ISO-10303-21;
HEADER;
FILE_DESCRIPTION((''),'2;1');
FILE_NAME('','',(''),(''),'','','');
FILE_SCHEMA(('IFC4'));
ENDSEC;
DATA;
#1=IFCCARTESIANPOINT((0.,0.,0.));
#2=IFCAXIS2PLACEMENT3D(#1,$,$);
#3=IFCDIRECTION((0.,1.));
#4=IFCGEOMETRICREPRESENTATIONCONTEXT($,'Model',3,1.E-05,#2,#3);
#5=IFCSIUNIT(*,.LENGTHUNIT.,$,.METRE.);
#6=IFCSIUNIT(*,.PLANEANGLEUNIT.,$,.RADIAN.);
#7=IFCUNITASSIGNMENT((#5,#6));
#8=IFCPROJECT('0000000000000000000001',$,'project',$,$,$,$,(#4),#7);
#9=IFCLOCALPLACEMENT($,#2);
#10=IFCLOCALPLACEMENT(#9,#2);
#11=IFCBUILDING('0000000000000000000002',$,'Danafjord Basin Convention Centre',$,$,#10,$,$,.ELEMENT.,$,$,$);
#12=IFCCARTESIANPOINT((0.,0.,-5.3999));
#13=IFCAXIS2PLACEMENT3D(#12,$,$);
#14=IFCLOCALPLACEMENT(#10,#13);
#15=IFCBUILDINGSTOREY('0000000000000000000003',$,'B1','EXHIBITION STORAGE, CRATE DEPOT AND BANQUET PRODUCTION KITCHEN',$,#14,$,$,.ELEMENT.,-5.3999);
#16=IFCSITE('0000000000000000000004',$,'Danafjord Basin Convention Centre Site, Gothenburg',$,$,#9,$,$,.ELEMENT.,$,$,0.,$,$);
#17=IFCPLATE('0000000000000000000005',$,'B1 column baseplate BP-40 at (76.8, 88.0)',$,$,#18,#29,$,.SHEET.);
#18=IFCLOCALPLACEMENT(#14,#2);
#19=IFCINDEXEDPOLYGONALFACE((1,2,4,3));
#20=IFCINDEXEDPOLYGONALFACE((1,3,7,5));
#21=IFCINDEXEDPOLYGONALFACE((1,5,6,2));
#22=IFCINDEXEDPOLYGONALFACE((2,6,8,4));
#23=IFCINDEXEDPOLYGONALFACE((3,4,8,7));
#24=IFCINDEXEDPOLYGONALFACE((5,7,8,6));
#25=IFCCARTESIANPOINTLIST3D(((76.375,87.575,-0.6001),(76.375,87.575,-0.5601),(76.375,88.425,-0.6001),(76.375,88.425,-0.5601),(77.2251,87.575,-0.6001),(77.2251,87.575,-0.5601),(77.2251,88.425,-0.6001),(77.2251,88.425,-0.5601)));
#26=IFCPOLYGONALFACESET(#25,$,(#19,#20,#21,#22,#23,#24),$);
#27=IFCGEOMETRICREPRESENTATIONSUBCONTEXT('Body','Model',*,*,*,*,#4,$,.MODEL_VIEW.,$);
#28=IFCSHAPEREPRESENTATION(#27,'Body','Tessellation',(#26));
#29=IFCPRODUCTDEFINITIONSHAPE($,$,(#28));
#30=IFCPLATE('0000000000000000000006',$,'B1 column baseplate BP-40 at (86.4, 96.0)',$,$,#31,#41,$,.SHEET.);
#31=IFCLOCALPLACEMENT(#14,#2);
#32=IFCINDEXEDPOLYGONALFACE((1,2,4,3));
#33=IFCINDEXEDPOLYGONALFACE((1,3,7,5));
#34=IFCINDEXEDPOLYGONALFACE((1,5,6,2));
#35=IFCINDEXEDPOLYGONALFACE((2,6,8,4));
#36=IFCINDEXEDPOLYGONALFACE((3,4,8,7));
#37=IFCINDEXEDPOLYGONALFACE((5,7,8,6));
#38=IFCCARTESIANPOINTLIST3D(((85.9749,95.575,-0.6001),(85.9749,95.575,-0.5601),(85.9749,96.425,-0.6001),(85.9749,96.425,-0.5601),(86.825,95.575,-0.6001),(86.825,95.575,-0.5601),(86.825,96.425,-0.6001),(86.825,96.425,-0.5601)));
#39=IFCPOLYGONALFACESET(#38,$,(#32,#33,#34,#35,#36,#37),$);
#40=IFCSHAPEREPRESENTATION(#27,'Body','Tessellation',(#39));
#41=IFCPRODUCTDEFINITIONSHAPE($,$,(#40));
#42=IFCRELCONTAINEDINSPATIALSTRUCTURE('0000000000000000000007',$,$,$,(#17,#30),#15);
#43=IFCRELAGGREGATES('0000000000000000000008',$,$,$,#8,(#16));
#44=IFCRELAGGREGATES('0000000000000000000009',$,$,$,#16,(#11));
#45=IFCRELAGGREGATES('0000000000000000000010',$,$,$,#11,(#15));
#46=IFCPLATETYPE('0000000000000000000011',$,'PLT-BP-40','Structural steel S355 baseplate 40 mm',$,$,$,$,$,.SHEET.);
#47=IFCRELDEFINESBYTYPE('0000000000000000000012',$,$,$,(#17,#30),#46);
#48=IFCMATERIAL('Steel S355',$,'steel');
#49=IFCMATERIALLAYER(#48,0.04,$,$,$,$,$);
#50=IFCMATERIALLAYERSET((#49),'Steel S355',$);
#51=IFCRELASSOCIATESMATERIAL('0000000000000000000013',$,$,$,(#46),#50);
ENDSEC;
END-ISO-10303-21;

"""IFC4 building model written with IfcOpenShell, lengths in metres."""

from ifc_helpers import new_model, si_unit, direction, frame, origin, origin_2d, place, context, subcontext, project, spatial, rectangle, extrude, material, layer, layer_set, type_object, element, save


model = new_model("IFC4")

# Units and contexts
model_context = context("Model", 3, precision=1e-05, world=origin(), true_north=direction((0.0, 1.0)))
body_context = subcontext(model_context, "Body", "Model", "MODEL_VIEW")
ifc_project = project(units=[si_unit("LENGTHUNIT", "METRE"), si_unit("PLANEANGLEUNIT", "RADIAN")], contexts=[model_context])

# Site, building, storey
site_placement = place(None, origin())
site = spatial("IfcSite", under=ifc_project, at=site_placement, Name="Danafjord Basin Convention Centre Site, Gothenburg", CompositionType="ELEMENT", RefElevation=0.0)
building_placement = place(site_placement, origin())
building = spatial("IfcBuilding", under=site, at=building_placement, Name="Danafjord Basin Convention Centre", CompositionType="ELEMENT")
storey_placement = place(building_placement, frame((0.0, 0.0, -5.3999)))
storey = spatial("IfcBuildingStorey", under=building, at=storey_placement, Name="B1", Description="EXHIBITION STORAGE, CRATE DEPOT AND BANQUET PRODUCTION KITCHEN", CompositionType="ELEMENT", Elevation=-5.3999)

# Plates
ifc_material_1 = material(Name="Steel S355", Category="steel")
ifc_layer = layer(ifc_material_1, 0.04)
ifc_layer_set = layer_set([ifc_layer], Name="Steel S355")
plate_type = type_object("IfcPlateType", Name="PLT-BP-40", Description="Structural steel S355 baseplate 40 mm", PredefinedType="SHEET", material=ifc_layer_set)
for number, where, z_axis, x_axis, name in (
    (1, (76.8, 88.0, -0.6001), (0.0, 0.0, 1.0), (1.0, 0.0, 0.0), "B1 column baseplate BP-40 at (76.8, 88.0)"),
    (2, (86.3999, 96.0, -0.6001), (0.0, 0.0, 1.0), (1.0, 0.0, 0.0), "B1 column baseplate BP-40 at (86.4, 96.0)"),
):
    element("IfcPlate", number, at=place(storey_placement, frame(where, z_axis=z_axis, x_axis=x_axis)), inside=storey, type_object=plate_type, Name=name, PredefinedType="SHEET", context=body_context, shape_type="SweptSolid", body=[
        extrude(rectangle(XDim=0.8501, YDim=0.8501, at=origin_2d()), origin(), (0.0, 0.0, 1.0), 0.04),
    ])

save(model, "model.ifc")
